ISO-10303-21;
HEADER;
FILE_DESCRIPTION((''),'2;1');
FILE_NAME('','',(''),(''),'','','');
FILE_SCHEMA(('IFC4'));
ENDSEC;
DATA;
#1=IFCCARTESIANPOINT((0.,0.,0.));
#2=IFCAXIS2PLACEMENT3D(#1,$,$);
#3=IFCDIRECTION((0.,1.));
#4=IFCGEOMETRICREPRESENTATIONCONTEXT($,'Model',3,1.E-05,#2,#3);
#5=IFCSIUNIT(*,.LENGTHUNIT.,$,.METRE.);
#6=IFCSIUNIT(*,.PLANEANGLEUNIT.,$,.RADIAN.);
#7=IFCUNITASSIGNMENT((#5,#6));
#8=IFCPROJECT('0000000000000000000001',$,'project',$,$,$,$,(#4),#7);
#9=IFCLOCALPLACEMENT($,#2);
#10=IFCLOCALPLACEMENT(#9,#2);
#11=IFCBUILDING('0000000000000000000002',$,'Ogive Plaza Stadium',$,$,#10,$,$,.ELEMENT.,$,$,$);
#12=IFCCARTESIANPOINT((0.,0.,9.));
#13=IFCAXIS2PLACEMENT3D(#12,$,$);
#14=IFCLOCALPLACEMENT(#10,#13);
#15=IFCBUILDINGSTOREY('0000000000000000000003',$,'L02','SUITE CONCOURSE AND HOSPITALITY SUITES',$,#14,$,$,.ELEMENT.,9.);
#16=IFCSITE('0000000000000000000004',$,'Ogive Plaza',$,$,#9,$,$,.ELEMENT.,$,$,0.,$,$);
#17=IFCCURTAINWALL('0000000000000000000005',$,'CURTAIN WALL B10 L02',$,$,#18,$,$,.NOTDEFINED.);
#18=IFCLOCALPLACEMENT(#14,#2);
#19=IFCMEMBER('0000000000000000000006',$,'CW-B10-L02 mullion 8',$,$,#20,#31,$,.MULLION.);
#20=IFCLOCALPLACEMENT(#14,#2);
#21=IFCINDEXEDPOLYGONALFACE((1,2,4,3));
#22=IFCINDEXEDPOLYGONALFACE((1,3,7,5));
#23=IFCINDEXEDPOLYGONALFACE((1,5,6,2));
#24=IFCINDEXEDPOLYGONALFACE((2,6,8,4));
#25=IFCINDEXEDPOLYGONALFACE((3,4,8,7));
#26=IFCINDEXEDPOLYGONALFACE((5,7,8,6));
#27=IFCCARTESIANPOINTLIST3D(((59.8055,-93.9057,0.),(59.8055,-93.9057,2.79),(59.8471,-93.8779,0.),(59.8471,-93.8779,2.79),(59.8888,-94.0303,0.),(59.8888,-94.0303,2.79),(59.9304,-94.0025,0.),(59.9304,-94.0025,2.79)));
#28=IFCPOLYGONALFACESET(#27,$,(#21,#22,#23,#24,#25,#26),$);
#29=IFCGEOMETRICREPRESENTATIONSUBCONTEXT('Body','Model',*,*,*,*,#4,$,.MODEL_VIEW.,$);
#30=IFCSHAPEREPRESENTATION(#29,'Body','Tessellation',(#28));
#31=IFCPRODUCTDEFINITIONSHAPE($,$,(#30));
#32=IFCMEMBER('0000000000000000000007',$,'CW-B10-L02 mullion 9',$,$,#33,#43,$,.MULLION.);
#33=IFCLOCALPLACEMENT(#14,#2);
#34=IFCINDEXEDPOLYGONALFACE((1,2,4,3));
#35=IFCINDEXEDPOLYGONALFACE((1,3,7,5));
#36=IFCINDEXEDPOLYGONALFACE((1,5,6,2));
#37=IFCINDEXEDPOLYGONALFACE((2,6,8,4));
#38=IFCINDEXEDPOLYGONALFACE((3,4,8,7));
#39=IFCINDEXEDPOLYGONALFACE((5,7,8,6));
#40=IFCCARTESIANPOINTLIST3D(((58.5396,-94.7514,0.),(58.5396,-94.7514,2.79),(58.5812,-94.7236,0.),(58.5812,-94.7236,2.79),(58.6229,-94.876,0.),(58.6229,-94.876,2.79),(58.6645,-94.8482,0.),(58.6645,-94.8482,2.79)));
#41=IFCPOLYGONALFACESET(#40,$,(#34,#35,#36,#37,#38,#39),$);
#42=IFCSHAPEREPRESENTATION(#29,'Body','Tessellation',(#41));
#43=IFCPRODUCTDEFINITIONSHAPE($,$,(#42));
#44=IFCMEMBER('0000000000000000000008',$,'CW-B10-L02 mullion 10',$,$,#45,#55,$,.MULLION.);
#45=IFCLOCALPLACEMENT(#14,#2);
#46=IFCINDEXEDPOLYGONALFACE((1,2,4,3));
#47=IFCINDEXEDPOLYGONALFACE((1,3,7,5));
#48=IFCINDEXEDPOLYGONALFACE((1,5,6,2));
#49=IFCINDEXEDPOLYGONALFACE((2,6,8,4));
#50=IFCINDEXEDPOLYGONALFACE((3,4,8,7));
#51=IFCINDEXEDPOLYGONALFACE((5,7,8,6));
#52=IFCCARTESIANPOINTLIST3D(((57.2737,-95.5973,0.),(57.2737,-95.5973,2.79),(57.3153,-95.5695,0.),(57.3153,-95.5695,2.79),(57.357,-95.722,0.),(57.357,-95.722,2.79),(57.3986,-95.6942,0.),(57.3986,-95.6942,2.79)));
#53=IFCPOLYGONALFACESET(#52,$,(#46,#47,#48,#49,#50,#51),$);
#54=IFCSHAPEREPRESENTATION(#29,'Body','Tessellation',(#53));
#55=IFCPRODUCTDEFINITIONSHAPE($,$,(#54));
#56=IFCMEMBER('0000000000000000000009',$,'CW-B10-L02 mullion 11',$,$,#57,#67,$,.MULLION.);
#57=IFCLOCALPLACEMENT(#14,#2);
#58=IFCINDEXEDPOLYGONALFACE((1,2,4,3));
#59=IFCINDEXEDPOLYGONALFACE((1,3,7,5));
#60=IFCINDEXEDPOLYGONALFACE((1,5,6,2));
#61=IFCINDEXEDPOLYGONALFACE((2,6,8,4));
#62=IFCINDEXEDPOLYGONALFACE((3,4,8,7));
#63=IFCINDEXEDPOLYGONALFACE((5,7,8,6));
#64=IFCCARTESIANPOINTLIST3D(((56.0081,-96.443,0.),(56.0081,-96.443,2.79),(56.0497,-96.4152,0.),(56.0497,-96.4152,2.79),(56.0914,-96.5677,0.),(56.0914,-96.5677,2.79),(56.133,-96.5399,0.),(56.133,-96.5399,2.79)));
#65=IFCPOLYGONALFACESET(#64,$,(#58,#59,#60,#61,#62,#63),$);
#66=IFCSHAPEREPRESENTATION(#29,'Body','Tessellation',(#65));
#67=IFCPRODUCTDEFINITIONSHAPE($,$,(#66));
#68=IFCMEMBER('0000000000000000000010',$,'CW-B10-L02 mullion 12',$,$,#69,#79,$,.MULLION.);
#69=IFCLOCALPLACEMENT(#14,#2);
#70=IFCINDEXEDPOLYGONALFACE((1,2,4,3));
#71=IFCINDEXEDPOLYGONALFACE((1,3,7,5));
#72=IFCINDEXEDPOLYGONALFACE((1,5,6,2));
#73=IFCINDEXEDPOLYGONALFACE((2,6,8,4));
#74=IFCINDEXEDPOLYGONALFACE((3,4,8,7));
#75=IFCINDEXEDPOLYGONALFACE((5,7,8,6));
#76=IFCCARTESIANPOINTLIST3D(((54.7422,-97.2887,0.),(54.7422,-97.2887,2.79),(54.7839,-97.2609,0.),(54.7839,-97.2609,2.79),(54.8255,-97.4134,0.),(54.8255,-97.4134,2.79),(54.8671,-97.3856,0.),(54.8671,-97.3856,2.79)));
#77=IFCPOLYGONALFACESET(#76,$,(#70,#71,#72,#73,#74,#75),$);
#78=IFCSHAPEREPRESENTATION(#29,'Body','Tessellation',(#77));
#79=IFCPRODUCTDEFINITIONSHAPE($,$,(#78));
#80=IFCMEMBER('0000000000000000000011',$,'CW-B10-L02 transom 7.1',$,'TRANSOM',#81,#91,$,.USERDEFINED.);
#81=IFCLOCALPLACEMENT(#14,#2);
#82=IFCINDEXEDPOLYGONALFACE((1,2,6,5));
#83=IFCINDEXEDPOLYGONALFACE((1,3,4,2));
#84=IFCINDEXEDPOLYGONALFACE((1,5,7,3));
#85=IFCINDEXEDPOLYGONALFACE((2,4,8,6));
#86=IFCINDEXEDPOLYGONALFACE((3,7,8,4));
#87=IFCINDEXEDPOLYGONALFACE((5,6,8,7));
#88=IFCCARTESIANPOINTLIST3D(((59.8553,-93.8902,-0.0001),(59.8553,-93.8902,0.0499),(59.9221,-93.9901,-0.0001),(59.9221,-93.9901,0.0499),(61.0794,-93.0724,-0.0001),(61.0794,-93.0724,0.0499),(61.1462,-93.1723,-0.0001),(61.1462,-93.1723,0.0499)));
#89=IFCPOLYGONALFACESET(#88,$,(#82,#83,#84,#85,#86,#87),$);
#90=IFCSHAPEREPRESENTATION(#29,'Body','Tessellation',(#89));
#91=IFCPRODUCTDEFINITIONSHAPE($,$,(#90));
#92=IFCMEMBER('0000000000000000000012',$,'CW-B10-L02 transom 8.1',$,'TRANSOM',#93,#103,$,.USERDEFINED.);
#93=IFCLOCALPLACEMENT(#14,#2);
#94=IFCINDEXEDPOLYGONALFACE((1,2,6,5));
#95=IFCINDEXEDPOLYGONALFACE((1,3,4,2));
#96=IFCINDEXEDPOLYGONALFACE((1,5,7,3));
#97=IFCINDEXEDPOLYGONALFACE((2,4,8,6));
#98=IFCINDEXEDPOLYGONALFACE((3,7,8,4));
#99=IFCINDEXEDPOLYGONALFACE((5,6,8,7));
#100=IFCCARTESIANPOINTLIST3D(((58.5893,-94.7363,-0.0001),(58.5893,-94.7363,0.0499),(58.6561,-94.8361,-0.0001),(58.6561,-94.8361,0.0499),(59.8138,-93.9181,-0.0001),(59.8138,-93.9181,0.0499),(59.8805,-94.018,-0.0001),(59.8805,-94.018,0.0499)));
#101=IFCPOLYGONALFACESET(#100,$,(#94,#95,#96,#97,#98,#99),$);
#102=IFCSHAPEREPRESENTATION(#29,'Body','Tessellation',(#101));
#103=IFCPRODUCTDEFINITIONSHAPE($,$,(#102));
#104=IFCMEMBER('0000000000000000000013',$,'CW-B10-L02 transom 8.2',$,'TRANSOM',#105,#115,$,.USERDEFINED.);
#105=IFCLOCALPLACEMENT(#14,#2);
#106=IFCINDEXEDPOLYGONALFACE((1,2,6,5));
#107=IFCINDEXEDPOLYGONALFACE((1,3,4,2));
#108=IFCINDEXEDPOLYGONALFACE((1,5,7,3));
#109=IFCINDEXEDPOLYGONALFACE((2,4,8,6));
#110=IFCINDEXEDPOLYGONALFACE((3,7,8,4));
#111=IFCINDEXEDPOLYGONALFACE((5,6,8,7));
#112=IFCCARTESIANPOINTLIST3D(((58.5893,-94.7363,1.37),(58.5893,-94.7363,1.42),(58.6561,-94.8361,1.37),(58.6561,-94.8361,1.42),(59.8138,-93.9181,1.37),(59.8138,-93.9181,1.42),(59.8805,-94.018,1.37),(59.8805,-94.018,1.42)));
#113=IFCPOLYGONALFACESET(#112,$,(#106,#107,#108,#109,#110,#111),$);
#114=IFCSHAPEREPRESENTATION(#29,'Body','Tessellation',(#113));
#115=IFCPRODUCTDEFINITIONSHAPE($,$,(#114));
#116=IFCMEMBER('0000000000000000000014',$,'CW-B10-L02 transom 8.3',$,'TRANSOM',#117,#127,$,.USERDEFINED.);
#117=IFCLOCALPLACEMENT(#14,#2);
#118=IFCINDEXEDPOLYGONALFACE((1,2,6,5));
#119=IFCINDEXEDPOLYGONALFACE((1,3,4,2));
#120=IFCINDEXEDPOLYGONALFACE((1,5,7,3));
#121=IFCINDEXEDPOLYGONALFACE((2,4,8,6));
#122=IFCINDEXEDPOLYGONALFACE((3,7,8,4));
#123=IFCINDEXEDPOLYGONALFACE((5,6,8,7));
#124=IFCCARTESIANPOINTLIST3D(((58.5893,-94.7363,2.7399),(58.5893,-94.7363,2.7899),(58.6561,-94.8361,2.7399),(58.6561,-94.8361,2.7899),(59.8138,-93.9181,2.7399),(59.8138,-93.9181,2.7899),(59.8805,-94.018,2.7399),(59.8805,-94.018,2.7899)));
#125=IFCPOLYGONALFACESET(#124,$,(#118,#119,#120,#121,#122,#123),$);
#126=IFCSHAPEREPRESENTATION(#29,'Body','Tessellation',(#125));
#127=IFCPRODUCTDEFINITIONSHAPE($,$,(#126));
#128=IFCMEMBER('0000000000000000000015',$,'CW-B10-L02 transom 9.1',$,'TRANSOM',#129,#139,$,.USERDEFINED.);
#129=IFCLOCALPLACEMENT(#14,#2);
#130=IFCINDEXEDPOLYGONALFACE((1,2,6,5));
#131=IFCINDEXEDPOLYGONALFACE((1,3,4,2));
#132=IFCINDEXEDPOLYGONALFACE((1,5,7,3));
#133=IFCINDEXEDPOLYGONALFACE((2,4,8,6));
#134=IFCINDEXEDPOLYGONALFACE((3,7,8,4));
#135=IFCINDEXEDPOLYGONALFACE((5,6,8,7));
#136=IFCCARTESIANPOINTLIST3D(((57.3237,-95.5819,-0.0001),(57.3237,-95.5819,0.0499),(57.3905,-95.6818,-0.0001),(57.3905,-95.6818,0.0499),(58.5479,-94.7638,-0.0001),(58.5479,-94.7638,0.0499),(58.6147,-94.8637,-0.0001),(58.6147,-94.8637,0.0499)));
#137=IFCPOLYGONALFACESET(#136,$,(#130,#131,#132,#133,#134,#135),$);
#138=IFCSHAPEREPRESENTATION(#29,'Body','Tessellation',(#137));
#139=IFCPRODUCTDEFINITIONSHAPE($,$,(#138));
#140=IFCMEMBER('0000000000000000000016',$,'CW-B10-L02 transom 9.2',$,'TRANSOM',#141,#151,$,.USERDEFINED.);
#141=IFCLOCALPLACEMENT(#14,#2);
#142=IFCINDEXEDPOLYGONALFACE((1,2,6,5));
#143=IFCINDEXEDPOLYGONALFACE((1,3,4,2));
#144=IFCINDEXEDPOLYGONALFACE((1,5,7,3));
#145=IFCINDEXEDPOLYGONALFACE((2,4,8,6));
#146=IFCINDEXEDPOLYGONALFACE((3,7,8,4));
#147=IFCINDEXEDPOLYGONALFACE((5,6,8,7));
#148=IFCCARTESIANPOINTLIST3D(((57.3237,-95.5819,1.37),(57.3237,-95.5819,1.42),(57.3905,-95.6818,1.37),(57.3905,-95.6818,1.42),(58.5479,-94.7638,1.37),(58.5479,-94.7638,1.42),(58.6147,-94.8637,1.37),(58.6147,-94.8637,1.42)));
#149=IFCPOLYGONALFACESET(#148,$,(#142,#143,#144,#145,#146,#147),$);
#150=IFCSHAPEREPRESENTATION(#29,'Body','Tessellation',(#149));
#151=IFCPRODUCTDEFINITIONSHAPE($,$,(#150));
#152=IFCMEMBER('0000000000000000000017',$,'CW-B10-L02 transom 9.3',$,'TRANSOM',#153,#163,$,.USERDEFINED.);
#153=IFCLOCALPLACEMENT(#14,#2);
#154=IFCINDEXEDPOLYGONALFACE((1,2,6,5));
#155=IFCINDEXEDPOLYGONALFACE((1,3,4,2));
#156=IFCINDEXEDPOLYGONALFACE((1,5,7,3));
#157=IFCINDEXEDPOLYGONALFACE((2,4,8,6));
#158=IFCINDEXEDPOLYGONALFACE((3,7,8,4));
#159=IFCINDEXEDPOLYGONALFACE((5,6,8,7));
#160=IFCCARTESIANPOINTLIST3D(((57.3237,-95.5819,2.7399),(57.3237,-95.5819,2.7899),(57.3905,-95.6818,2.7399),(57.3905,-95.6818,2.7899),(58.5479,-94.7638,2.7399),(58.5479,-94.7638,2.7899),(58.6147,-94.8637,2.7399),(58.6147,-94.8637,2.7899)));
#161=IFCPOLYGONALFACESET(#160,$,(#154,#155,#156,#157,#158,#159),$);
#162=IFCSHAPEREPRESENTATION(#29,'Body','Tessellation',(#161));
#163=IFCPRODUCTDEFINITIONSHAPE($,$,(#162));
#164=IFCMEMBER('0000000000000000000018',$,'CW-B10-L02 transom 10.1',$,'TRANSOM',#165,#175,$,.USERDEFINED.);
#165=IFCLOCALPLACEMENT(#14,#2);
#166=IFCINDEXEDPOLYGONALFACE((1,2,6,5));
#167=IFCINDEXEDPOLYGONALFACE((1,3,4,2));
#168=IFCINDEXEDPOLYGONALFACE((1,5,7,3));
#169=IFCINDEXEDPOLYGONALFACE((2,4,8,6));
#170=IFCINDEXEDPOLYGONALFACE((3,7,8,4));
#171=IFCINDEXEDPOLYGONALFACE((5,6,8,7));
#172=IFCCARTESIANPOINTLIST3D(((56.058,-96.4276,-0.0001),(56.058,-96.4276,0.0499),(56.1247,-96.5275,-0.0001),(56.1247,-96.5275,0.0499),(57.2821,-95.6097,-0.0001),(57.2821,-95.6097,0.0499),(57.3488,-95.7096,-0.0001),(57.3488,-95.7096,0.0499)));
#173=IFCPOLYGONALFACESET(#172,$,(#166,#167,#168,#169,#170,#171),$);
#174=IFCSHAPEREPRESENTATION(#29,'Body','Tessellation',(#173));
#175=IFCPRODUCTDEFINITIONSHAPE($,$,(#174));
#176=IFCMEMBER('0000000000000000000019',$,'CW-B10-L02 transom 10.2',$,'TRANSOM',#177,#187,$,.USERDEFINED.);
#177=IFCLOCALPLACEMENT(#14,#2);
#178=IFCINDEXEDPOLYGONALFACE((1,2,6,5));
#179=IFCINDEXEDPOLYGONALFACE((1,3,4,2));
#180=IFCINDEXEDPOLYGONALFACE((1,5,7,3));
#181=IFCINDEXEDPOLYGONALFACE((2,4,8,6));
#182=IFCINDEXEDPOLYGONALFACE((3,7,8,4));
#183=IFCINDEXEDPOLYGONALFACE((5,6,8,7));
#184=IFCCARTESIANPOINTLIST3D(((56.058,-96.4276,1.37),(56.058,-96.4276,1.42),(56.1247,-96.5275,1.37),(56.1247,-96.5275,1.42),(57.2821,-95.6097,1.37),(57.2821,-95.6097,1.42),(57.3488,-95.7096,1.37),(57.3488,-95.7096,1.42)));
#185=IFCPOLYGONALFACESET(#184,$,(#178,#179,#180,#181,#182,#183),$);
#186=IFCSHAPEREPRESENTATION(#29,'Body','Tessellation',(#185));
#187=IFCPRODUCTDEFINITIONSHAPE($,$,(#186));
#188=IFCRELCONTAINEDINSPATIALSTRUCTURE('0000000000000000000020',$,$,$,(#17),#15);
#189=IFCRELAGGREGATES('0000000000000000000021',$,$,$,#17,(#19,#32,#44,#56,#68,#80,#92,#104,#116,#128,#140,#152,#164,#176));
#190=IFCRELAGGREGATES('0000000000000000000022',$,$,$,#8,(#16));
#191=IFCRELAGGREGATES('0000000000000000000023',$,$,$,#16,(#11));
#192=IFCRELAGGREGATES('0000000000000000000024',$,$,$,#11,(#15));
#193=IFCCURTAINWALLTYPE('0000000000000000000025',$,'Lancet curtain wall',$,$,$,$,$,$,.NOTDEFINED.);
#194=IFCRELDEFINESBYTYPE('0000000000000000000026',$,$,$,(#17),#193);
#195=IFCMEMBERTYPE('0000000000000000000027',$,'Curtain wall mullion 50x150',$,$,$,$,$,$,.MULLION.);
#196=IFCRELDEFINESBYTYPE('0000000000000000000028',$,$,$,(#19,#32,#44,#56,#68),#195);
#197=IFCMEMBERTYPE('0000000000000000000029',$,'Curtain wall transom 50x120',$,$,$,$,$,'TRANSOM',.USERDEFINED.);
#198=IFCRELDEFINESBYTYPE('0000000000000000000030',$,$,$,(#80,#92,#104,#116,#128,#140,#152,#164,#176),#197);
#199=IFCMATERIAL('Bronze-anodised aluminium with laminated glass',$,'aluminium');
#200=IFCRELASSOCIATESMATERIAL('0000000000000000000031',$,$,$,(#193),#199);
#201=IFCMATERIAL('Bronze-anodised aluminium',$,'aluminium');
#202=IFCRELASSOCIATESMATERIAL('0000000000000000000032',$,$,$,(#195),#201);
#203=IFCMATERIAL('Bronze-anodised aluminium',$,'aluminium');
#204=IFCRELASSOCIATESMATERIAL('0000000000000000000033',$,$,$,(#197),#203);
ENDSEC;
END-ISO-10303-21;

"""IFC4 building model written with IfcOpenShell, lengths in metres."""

from ifc_helpers import new_model, si_unit, direction, frame, origin, origin_2d, place, context, subcontext, project, spatial, rectangle, extrude, material, material_profile, profile_set, type_object, element, aggregate, save


model = new_model("IFC4")

# Units and contexts
model_context = context("Model", 3, precision=1e-05, world=origin(), true_north=direction((0.0, 1.0)))
body_context = subcontext(model_context, "Body", "Model", "MODEL_VIEW")
ifc_project = project(units=[si_unit("LENGTHUNIT", "METRE"), si_unit("PLANEANGLEUNIT", "RADIAN")], contexts=[model_context])

# Site, building, storey
site_placement = place(None, origin())
site = spatial("IfcSite", under=ifc_project, at=site_placement, Name="Ogive Plaza", CompositionType="ELEMENT", RefElevation=0.0)
building_placement = place(site_placement, origin())
building = spatial("IfcBuilding", under=site, at=building_placement, Name="Ogive Plaza Stadium", CompositionType="ELEMENT")
storey_placement = place(building_placement, frame((0.0, 0.0, 9.0)))
storey = spatial("IfcBuildingStorey", under=building, at=storey_placement, Name="L02", Description="SUITE CONCOURSE AND HOSPITALITY SUITES", CompositionType="ELEMENT", Elevation=9.0)

# Curtain wall, members
ifc_material_1 = material(Name="Bronze-anodised aluminium with laminated glass", Category="aluminium")
curtain_wall_type = type_object("IfcCurtainWallType", Name="Lancet curtain wall", PredefinedType="NOTDEFINED", material=ifc_material_1)
curtain_wall_placement = place(storey_placement, origin())
curtain_wall = element("IfcCurtainWall", 1, at=curtain_wall_placement, inside=storey, type_object=curtain_wall_type, Name="CURTAIN WALL B10 L02", PredefinedType="NOTDEFINED")
ifc_material_2 = material(Name="Bronze-anodised aluminium", Category="aluminium")
ifc_material_profile_1 = material_profile(ifc_material_2, rectangle(XDim=0.1499, YDim=0.05, at=origin_2d()), Name="AL 150x50")
ifc_profile_set_1 = profile_set([ifc_material_profile_1], Name="Bronze-anodised aluminium")
member_type_1 = type_object("IfcMemberType", Name="Curtain wall mullion 50x150", PredefinedType="MULLION", material=ifc_profile_set_1)
member_1_placement = place(storey_placement, frame((59.8679, -93.9541, 0.0), z_axis=(0.0, 0.0, 1.0), x_axis=(0.55557, -0.83147, 0.0)))
member_1 = element("IfcMember", 2, at=member_1_placement, type_object=member_type_1, Name="CW-B10-L02 mullion 8", PredefinedType="MULLION", context=body_context, shape_type="SweptSolid", body=[
    extrude(rectangle(XDim=0.1499, YDim=0.05, at=origin_2d()), origin(), (0.0, 0.0, 1.0), 2.79),
])
member_2_placement = place(storey_placement, frame((58.6021, -94.7998, 0.0), z_axis=(0.0, 0.0, 1.0), x_axis=(0.55557, -0.83147, 0.0)))
member_2 = element("IfcMember", 3, at=member_2_placement, type_object=member_type_1, Name="CW-B10-L02 mullion 9", PredefinedType="MULLION", context=body_context, shape_type="SweptSolid", body=[
    extrude(rectangle(XDim=0.1499, YDim=0.05, at=origin_2d()), origin(), (0.0, 0.0, 1.0), 2.79),
])
member_3_placement = place(storey_placement, frame((57.3362, -95.6458, 0.0), z_axis=(0.0, 0.0, 1.0), x_axis=(0.55557, -0.83147, 0.0)))
member_3 = element("IfcMember", 4, at=member_3_placement, type_object=member_type_1, Name="CW-B10-L02 mullion 10", PredefinedType="MULLION", context=body_context, shape_type="SweptSolid", body=[
    extrude(rectangle(XDim=0.1499, YDim=0.05, at=origin_2d()), origin(), (0.0, 0.0, 1.0), 2.79),
])
member_4_placement = place(storey_placement, frame((56.0706, -96.4915, 0.0), z_axis=(0.0, 0.0, 1.0), x_axis=(0.55557, -0.83147, 0.0)))
member_4 = element("IfcMember", 5, at=member_4_placement, type_object=member_type_1, Name="CW-B10-L02 mullion 11", PredefinedType="MULLION", context=body_context, shape_type="SweptSolid", body=[
    extrude(rectangle(XDim=0.1499, YDim=0.05, at=origin_2d()), origin(), (0.0, 0.0, 1.0), 2.79),
])
member_5_placement = place(storey_placement, frame((54.8047, -97.3372, 0.0), z_axis=(0.0, 0.0, 1.0), x_axis=(0.55557, -0.83147, 0.0)))
member_5 = element("IfcMember", 6, at=member_5_placement, type_object=member_type_1, Name="CW-B10-L02 mullion 12", PredefinedType="MULLION", context=body_context, shape_type="SweptSolid", body=[
    extrude(rectangle(XDim=0.1499, YDim=0.05, at=origin_2d()), origin(), (0.0, 0.0, 1.0), 2.79),
])
ifc_material_3 = material(Name="Bronze-anodised aluminium", Category="aluminium")
ifc_material_profile_2 = material_profile(ifc_material_3, rectangle(XDim=0.1201, YDim=0.05, at=origin_2d()), Name="AL 120x50")
ifc_profile_set_2 = profile_set([ifc_material_profile_2], Name="Bronze-anodised aluminium")
member_type_2 = type_object("IfcMemberType", Name="Curtain wall transom 50x120", ElementType="TRANSOM", PredefinedType="USERDEFINED", material=ifc_profile_set_2)
member_6_placement = place(storey_placement, frame((61.1128, -93.1223, 0.0249), z_axis=(-0.831489, -0.555542, 0.0), x_axis=(0.555542, -0.831489, 0.0)))
member_6 = element("IfcMember", 7, at=member_6_placement, type_object=member_type_2, Name="CW-B10-L02 transom 7.1", ObjectType="TRANSOM", PredefinedType="USERDEFINED", context=body_context, shape_type="SweptSolid", body=[
    extrude(rectangle(XDim=0.1201, YDim=0.05, at=origin_2d()), origin(), (0.0, 0.0, 1.0), 1.4722),
])
member_7_placement = place(storey_placement, frame((59.8472, -93.968, 0.0249), z_axis=(-0.831463, -0.55558, 0.0), x_axis=(0.55558, -0.831463, 0.0)))
member_7 = element("IfcMember", 8, at=member_7_placement, type_object=member_type_2, Name="CW-B10-L02 transom 8.1", ObjectType="TRANSOM", PredefinedType="USERDEFINED", context=body_context, shape_type="SweptSolid", body=[
    extrude(rectangle(XDim=0.1201, YDim=0.05, at=origin_2d()), origin(), (0.0, 0.0, 1.0), 1.4727),
])
member_8_placement = place(storey_placement, frame((59.8472, -93.968, 1.395), z_axis=(-0.831463, -0.55558, 0.0), x_axis=(0.55558, -0.831463, 0.0)))
member_8 = element("IfcMember", 9, at=member_8_placement, type_object=member_type_2, Name="CW-B10-L02 transom 8.2", ObjectType="TRANSOM", PredefinedType="USERDEFINED", context=body_context, shape_type="SweptSolid", body=[
    extrude(rectangle(XDim=0.1201, YDim=0.05, at=origin_2d()), origin(), (0.0, 0.0, 1.0), 1.4727),
])
member_9_placement = place(storey_placement, frame((59.8472, -93.968, 2.7649), z_axis=(-0.831463, -0.55558, 0.0), x_axis=(0.55558, -0.831463, 0.0)))
member_9 = element("IfcMember", 10, at=member_9_placement, type_object=member_type_2, Name="CW-B10-L02 transom 8.3", ObjectType="TRANSOM", PredefinedType="USERDEFINED", context=body_context, shape_type="SweptSolid", body=[
    extrude(rectangle(XDim=0.1201, YDim=0.05, at=origin_2d()), origin(), (0.0, 0.0, 1.0), 1.4727),
])
member_10_placement = place(storey_placement, frame((58.5813, -94.8137, 0.0249), z_axis=(-0.831412, -0.555656, 0.0), x_axis=(0.555656, -0.831412, 0.0)))
member_10 = element("IfcMember", 11, at=member_10_placement, type_object=member_type_2, Name="CW-B10-L02 transom 9.1", ObjectType="TRANSOM", PredefinedType="USERDEFINED", context=body_context, shape_type="SweptSolid", body=[
    extrude(rectangle(XDim=0.1201, YDim=0.05, at=origin_2d()), origin(), (0.0, 0.0, 1.0), 1.4724),
])
member_11_placement = place(storey_placement, frame((58.5813, -94.8137, 1.395), z_axis=(-0.831412, -0.555656, 0.0), x_axis=(0.555656, -0.831412, 0.0)))
member_11 = element("IfcMember", 12, at=member_11_placement, type_object=member_type_2, Name="CW-B10-L02 transom 9.2", ObjectType="TRANSOM", PredefinedType="USERDEFINED", context=body_context, shape_type="SweptSolid", body=[
    extrude(rectangle(XDim=0.1201, YDim=0.05, at=origin_2d()), origin(), (0.0, 0.0, 1.0), 1.4724),
])
member_12_placement = place(storey_placement, frame((58.5813, -94.8137, 2.7649), z_axis=(-0.831412, -0.555656, 0.0), x_axis=(0.555656, -0.831412, 0.0)))
member_12 = element("IfcMember", 13, at=member_12_placement, type_object=member_type_2, Name="CW-B10-L02 transom 9.3", ObjectType="TRANSOM", PredefinedType="USERDEFINED", context=body_context, shape_type="SweptSolid", body=[
    extrude(rectangle(XDim=0.1201, YDim=0.05, at=origin_2d()), origin(), (0.0, 0.0, 1.0), 1.4724),
])
member_13_placement = place(storey_placement, frame((57.3154, -95.6597, 0.0249), z_axis=(-0.831489, -0.555542, 0.0), x_axis=(0.555542, -0.831489, 0.0)))
member_13 = element("IfcMember", 14, at=member_13_placement, type_object=member_type_2, Name="CW-B10-L02 transom 10.1", ObjectType="TRANSOM", PredefinedType="USERDEFINED", context=body_context, shape_type="SweptSolid", body=[
    extrude(rectangle(XDim=0.1201, YDim=0.05, at=origin_2d()), origin(), (0.0, 0.0, 1.0), 1.4722),
])
member_14_placement = place(storey_placement, frame((57.3154, -95.6597, 1.395), z_axis=(-0.831489, -0.555542, 0.0), x_axis=(0.555542, -0.831489, 0.0)))
member_14 = element("IfcMember", 15, at=member_14_placement, type_object=member_type_2, Name="CW-B10-L02 transom 10.2", ObjectType="TRANSOM", PredefinedType="USERDEFINED", context=body_context, shape_type="SweptSolid", body=[
    extrude(rectangle(XDim=0.1201, YDim=0.05, at=origin_2d()), origin(), (0.0, 0.0, 1.0), 1.4722),
])
aggregate(curtain_wall, [member_1, member_2, member_3, member_4, member_5, member_6, member_7, member_8, member_9, member_10, member_11, member_12, member_13, member_14])

save(model, "model.ifc")
